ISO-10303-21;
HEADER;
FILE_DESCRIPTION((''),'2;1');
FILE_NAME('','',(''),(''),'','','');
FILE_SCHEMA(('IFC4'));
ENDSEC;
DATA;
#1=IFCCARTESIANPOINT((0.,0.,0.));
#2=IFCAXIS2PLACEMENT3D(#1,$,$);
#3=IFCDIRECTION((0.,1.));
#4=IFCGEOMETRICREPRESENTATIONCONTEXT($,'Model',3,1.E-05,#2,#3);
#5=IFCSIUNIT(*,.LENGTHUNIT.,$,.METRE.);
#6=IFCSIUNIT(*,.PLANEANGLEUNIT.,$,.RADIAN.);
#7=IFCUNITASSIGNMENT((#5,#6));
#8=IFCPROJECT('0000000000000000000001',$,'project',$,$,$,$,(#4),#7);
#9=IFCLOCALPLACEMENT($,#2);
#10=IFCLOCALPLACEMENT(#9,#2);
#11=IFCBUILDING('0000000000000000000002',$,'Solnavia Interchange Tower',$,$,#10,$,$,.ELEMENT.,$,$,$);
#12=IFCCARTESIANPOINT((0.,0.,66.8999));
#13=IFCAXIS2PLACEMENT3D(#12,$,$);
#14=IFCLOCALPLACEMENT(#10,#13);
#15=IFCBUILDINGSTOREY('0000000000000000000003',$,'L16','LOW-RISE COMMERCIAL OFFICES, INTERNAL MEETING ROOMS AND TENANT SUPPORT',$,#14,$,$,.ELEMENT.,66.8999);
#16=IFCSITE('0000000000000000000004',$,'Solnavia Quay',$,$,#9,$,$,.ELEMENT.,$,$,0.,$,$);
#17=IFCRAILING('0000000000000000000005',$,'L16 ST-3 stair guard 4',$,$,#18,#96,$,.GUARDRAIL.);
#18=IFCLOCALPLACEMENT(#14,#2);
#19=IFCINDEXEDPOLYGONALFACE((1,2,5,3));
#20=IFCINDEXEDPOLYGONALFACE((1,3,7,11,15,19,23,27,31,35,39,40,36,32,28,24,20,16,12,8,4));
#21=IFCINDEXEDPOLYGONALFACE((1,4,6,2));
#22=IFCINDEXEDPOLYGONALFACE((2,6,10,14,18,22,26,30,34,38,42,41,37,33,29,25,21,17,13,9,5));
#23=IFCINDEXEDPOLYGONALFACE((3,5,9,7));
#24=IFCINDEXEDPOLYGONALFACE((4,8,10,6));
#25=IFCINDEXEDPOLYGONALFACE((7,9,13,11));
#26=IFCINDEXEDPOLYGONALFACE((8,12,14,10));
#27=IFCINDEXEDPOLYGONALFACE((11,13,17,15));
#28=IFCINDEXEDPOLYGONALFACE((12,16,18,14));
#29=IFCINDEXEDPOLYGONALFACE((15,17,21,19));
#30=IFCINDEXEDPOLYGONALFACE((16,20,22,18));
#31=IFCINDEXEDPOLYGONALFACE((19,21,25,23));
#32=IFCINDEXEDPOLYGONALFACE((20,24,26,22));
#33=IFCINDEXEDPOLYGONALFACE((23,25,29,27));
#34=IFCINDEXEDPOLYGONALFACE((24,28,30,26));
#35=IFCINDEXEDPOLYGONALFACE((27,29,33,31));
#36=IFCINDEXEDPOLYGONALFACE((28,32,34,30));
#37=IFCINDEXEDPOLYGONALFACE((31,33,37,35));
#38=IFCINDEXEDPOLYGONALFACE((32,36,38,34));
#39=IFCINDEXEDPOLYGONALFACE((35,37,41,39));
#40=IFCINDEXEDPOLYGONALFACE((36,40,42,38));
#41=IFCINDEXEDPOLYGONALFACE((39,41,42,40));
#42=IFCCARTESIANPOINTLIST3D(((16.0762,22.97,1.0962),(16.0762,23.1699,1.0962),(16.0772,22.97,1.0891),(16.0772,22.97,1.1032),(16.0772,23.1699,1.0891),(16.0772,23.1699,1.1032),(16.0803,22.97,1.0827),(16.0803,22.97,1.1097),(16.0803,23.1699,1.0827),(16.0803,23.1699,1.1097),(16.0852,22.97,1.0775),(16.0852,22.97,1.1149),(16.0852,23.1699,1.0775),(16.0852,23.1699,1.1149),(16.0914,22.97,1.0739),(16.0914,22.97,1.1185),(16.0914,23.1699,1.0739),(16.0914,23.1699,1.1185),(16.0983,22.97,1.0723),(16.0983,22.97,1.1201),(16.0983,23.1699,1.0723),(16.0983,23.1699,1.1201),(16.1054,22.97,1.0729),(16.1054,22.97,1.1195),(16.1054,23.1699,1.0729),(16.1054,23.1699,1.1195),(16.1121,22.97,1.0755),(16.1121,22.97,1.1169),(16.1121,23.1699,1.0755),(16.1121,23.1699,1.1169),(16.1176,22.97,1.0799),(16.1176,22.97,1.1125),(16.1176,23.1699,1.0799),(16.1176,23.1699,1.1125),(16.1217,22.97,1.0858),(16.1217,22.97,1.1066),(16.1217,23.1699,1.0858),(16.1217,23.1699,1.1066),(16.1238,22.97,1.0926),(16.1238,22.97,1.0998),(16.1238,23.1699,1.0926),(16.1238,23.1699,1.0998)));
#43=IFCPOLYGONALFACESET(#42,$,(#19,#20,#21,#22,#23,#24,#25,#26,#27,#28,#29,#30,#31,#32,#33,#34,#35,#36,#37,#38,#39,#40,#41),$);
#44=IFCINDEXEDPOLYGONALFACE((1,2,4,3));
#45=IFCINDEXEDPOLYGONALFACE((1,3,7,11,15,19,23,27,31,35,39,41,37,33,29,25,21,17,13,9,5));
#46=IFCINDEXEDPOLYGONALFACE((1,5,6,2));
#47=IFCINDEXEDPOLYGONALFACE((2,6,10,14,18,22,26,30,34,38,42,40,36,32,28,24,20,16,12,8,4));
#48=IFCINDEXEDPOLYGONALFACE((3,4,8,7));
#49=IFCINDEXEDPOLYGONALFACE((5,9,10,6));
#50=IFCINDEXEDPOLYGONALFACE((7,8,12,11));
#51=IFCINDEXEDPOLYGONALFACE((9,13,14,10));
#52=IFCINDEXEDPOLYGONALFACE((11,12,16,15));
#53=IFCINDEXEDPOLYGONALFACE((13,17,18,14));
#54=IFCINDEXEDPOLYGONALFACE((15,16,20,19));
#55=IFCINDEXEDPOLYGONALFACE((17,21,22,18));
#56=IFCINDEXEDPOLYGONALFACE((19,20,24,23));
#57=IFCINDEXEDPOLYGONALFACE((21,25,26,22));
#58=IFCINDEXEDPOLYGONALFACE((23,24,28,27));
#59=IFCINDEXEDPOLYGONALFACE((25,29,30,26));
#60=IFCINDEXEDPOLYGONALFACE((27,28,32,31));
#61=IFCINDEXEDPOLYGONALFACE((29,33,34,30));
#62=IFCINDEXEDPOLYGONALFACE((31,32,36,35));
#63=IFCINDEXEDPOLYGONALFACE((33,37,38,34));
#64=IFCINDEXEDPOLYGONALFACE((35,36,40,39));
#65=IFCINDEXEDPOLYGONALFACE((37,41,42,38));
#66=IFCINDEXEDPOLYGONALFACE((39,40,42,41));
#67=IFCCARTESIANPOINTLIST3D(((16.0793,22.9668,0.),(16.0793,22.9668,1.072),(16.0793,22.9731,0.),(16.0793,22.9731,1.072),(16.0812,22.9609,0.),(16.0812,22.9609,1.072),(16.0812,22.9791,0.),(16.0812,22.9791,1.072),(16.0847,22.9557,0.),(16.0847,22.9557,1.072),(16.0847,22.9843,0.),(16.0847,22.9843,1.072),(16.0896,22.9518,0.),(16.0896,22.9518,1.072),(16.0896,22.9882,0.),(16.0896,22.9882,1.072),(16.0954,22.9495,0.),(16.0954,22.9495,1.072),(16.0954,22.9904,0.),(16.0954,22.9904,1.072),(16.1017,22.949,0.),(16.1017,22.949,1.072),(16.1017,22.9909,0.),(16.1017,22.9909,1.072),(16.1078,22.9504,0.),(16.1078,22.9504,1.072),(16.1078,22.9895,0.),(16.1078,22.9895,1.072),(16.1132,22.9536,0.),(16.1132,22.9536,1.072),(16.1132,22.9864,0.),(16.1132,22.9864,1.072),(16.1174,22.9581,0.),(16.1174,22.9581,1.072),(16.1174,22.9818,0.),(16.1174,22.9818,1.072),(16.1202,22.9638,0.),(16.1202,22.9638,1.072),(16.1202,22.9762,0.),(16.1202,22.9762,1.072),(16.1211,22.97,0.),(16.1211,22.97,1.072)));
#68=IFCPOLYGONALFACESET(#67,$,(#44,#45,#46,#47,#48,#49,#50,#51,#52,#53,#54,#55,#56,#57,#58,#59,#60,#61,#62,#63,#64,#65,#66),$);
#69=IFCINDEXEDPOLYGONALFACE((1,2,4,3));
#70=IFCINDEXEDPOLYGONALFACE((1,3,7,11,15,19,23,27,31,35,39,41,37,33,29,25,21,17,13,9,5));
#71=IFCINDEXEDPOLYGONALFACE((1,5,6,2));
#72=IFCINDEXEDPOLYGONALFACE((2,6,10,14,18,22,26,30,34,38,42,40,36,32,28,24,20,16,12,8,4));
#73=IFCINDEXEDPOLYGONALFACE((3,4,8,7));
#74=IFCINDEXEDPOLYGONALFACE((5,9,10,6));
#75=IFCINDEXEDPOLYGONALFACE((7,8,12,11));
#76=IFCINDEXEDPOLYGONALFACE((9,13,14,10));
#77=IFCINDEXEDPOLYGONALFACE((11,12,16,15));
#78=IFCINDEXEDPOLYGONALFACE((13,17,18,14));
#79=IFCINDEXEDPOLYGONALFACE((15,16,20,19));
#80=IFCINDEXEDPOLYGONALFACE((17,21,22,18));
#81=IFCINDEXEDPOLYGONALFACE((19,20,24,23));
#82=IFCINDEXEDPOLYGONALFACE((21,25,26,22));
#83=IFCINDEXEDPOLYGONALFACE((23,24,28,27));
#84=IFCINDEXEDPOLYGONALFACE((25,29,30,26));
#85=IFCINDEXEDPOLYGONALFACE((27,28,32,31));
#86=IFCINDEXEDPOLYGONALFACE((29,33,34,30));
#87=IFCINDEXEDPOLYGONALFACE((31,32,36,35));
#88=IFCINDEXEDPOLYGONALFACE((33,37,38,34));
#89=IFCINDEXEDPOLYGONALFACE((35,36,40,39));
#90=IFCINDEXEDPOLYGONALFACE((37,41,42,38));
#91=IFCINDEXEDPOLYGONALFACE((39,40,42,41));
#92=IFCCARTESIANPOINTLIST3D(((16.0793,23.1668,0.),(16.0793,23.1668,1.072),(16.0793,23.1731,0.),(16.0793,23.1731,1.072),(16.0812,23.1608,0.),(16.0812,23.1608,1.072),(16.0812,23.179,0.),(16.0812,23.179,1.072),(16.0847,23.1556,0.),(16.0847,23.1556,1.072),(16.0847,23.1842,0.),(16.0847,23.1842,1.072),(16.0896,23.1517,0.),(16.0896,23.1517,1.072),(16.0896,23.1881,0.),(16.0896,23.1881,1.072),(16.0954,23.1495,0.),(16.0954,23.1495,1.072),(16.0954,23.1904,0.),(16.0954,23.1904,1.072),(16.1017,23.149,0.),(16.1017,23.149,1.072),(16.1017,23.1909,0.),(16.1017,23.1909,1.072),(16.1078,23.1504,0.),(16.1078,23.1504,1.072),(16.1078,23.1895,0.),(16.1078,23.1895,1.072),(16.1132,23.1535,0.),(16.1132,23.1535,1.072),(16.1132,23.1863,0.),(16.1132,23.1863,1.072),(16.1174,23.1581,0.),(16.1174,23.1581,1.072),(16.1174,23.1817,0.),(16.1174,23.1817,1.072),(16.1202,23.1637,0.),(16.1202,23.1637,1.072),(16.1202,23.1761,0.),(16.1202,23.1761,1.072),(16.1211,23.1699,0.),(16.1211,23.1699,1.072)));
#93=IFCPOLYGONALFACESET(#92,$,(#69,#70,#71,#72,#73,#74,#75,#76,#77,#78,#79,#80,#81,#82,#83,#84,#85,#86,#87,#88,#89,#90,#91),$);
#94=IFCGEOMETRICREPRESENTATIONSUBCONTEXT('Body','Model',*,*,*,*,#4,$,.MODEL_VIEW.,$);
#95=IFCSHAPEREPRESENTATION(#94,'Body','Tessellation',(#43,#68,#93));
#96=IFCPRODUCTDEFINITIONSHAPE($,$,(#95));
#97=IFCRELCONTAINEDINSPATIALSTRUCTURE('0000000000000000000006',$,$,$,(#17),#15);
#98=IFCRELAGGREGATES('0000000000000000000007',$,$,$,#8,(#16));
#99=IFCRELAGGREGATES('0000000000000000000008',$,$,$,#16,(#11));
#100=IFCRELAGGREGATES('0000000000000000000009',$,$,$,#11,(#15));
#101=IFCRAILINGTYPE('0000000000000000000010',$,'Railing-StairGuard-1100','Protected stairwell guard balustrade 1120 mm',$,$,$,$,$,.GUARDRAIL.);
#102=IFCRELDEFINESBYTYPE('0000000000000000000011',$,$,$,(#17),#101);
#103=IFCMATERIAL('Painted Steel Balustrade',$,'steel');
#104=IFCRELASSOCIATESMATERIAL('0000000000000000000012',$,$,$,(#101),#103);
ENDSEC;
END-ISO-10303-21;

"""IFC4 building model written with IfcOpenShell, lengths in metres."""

from ifc_helpers import new_model, si_unit, direction, frame, origin, origin_2d, place, context, subcontext, project, spatial, circle, extrude, material, type_object, element, save


model = new_model("IFC4")

# Units and contexts
model_context = context("Model", 3, precision=1e-05, world=origin(), true_north=direction((0.0, 1.0)))
body_context = subcontext(model_context, "Body", "Model", "MODEL_VIEW")
ifc_project = project(units=[si_unit("LENGTHUNIT", "METRE"), si_unit("PLANEANGLEUNIT", "RADIAN")], contexts=[model_context])

# Site, building, storey
site_placement = place(None, origin())
site = spatial("IfcSite", under=ifc_project, at=site_placement, Name="Solnavia Quay", CompositionType="ELEMENT", RefElevation=0.0)
building_placement = place(site_placement, origin())
building = spatial("IfcBuilding", under=site, at=building_placement, Name="Solnavia Interchange Tower", CompositionType="ELEMENT")
storey_placement = place(building_placement, frame((0.0, 0.0, 66.8999)))
storey = spatial("IfcBuildingStorey", under=building, at=storey_placement, Name="L16", Description="LOW-RISE COMMERCIAL OFFICES, INTERNAL MEETING ROOMS AND TENANT SUPPORT", CompositionType="ELEMENT", Elevation=66.8999)

# Railing
ifc_material_1 = material(Name="Painted Steel Balustrade", Category="steel")
railing_type_1 = type_object("IfcRailingType", Name="Railing-StairGuard-1100", Description="Protected stairwell guard balustrade 1120 mm", PredefinedType="GUARDRAIL", material=ifc_material_1)
railing_1_placement = place(storey_placement, frame((16.1001, 22.97, 0.0)))
element("IfcRailing", 1, at=railing_1_placement, inside=storey, type_object=railing_type_1, Name="L16 ST-3 stair guard 4", PredefinedType="GUARDRAIL", context=body_context, shape_type="SweptSolid", body=[
    extrude(circle(Radius=0.0239, at=origin_2d()), frame((0.0, 0.0, 1.0962), z_axis=(0.0, 1.0, 0.0), x_axis=(-1.0, 0.0, 0.0)), (0.0, 0.0, 1.0), 0.2),
    extrude(circle(Radius=0.021, at=origin_2d()), origin(), (0.0, 0.0, 1.0), 1.072),
    extrude(circle(Radius=0.021, at=origin_2d()), frame((0.0, 0.2, 0.0)), (0.0, 0.0, 1.0), 1.072),
])

save(model, "model.ifc")
